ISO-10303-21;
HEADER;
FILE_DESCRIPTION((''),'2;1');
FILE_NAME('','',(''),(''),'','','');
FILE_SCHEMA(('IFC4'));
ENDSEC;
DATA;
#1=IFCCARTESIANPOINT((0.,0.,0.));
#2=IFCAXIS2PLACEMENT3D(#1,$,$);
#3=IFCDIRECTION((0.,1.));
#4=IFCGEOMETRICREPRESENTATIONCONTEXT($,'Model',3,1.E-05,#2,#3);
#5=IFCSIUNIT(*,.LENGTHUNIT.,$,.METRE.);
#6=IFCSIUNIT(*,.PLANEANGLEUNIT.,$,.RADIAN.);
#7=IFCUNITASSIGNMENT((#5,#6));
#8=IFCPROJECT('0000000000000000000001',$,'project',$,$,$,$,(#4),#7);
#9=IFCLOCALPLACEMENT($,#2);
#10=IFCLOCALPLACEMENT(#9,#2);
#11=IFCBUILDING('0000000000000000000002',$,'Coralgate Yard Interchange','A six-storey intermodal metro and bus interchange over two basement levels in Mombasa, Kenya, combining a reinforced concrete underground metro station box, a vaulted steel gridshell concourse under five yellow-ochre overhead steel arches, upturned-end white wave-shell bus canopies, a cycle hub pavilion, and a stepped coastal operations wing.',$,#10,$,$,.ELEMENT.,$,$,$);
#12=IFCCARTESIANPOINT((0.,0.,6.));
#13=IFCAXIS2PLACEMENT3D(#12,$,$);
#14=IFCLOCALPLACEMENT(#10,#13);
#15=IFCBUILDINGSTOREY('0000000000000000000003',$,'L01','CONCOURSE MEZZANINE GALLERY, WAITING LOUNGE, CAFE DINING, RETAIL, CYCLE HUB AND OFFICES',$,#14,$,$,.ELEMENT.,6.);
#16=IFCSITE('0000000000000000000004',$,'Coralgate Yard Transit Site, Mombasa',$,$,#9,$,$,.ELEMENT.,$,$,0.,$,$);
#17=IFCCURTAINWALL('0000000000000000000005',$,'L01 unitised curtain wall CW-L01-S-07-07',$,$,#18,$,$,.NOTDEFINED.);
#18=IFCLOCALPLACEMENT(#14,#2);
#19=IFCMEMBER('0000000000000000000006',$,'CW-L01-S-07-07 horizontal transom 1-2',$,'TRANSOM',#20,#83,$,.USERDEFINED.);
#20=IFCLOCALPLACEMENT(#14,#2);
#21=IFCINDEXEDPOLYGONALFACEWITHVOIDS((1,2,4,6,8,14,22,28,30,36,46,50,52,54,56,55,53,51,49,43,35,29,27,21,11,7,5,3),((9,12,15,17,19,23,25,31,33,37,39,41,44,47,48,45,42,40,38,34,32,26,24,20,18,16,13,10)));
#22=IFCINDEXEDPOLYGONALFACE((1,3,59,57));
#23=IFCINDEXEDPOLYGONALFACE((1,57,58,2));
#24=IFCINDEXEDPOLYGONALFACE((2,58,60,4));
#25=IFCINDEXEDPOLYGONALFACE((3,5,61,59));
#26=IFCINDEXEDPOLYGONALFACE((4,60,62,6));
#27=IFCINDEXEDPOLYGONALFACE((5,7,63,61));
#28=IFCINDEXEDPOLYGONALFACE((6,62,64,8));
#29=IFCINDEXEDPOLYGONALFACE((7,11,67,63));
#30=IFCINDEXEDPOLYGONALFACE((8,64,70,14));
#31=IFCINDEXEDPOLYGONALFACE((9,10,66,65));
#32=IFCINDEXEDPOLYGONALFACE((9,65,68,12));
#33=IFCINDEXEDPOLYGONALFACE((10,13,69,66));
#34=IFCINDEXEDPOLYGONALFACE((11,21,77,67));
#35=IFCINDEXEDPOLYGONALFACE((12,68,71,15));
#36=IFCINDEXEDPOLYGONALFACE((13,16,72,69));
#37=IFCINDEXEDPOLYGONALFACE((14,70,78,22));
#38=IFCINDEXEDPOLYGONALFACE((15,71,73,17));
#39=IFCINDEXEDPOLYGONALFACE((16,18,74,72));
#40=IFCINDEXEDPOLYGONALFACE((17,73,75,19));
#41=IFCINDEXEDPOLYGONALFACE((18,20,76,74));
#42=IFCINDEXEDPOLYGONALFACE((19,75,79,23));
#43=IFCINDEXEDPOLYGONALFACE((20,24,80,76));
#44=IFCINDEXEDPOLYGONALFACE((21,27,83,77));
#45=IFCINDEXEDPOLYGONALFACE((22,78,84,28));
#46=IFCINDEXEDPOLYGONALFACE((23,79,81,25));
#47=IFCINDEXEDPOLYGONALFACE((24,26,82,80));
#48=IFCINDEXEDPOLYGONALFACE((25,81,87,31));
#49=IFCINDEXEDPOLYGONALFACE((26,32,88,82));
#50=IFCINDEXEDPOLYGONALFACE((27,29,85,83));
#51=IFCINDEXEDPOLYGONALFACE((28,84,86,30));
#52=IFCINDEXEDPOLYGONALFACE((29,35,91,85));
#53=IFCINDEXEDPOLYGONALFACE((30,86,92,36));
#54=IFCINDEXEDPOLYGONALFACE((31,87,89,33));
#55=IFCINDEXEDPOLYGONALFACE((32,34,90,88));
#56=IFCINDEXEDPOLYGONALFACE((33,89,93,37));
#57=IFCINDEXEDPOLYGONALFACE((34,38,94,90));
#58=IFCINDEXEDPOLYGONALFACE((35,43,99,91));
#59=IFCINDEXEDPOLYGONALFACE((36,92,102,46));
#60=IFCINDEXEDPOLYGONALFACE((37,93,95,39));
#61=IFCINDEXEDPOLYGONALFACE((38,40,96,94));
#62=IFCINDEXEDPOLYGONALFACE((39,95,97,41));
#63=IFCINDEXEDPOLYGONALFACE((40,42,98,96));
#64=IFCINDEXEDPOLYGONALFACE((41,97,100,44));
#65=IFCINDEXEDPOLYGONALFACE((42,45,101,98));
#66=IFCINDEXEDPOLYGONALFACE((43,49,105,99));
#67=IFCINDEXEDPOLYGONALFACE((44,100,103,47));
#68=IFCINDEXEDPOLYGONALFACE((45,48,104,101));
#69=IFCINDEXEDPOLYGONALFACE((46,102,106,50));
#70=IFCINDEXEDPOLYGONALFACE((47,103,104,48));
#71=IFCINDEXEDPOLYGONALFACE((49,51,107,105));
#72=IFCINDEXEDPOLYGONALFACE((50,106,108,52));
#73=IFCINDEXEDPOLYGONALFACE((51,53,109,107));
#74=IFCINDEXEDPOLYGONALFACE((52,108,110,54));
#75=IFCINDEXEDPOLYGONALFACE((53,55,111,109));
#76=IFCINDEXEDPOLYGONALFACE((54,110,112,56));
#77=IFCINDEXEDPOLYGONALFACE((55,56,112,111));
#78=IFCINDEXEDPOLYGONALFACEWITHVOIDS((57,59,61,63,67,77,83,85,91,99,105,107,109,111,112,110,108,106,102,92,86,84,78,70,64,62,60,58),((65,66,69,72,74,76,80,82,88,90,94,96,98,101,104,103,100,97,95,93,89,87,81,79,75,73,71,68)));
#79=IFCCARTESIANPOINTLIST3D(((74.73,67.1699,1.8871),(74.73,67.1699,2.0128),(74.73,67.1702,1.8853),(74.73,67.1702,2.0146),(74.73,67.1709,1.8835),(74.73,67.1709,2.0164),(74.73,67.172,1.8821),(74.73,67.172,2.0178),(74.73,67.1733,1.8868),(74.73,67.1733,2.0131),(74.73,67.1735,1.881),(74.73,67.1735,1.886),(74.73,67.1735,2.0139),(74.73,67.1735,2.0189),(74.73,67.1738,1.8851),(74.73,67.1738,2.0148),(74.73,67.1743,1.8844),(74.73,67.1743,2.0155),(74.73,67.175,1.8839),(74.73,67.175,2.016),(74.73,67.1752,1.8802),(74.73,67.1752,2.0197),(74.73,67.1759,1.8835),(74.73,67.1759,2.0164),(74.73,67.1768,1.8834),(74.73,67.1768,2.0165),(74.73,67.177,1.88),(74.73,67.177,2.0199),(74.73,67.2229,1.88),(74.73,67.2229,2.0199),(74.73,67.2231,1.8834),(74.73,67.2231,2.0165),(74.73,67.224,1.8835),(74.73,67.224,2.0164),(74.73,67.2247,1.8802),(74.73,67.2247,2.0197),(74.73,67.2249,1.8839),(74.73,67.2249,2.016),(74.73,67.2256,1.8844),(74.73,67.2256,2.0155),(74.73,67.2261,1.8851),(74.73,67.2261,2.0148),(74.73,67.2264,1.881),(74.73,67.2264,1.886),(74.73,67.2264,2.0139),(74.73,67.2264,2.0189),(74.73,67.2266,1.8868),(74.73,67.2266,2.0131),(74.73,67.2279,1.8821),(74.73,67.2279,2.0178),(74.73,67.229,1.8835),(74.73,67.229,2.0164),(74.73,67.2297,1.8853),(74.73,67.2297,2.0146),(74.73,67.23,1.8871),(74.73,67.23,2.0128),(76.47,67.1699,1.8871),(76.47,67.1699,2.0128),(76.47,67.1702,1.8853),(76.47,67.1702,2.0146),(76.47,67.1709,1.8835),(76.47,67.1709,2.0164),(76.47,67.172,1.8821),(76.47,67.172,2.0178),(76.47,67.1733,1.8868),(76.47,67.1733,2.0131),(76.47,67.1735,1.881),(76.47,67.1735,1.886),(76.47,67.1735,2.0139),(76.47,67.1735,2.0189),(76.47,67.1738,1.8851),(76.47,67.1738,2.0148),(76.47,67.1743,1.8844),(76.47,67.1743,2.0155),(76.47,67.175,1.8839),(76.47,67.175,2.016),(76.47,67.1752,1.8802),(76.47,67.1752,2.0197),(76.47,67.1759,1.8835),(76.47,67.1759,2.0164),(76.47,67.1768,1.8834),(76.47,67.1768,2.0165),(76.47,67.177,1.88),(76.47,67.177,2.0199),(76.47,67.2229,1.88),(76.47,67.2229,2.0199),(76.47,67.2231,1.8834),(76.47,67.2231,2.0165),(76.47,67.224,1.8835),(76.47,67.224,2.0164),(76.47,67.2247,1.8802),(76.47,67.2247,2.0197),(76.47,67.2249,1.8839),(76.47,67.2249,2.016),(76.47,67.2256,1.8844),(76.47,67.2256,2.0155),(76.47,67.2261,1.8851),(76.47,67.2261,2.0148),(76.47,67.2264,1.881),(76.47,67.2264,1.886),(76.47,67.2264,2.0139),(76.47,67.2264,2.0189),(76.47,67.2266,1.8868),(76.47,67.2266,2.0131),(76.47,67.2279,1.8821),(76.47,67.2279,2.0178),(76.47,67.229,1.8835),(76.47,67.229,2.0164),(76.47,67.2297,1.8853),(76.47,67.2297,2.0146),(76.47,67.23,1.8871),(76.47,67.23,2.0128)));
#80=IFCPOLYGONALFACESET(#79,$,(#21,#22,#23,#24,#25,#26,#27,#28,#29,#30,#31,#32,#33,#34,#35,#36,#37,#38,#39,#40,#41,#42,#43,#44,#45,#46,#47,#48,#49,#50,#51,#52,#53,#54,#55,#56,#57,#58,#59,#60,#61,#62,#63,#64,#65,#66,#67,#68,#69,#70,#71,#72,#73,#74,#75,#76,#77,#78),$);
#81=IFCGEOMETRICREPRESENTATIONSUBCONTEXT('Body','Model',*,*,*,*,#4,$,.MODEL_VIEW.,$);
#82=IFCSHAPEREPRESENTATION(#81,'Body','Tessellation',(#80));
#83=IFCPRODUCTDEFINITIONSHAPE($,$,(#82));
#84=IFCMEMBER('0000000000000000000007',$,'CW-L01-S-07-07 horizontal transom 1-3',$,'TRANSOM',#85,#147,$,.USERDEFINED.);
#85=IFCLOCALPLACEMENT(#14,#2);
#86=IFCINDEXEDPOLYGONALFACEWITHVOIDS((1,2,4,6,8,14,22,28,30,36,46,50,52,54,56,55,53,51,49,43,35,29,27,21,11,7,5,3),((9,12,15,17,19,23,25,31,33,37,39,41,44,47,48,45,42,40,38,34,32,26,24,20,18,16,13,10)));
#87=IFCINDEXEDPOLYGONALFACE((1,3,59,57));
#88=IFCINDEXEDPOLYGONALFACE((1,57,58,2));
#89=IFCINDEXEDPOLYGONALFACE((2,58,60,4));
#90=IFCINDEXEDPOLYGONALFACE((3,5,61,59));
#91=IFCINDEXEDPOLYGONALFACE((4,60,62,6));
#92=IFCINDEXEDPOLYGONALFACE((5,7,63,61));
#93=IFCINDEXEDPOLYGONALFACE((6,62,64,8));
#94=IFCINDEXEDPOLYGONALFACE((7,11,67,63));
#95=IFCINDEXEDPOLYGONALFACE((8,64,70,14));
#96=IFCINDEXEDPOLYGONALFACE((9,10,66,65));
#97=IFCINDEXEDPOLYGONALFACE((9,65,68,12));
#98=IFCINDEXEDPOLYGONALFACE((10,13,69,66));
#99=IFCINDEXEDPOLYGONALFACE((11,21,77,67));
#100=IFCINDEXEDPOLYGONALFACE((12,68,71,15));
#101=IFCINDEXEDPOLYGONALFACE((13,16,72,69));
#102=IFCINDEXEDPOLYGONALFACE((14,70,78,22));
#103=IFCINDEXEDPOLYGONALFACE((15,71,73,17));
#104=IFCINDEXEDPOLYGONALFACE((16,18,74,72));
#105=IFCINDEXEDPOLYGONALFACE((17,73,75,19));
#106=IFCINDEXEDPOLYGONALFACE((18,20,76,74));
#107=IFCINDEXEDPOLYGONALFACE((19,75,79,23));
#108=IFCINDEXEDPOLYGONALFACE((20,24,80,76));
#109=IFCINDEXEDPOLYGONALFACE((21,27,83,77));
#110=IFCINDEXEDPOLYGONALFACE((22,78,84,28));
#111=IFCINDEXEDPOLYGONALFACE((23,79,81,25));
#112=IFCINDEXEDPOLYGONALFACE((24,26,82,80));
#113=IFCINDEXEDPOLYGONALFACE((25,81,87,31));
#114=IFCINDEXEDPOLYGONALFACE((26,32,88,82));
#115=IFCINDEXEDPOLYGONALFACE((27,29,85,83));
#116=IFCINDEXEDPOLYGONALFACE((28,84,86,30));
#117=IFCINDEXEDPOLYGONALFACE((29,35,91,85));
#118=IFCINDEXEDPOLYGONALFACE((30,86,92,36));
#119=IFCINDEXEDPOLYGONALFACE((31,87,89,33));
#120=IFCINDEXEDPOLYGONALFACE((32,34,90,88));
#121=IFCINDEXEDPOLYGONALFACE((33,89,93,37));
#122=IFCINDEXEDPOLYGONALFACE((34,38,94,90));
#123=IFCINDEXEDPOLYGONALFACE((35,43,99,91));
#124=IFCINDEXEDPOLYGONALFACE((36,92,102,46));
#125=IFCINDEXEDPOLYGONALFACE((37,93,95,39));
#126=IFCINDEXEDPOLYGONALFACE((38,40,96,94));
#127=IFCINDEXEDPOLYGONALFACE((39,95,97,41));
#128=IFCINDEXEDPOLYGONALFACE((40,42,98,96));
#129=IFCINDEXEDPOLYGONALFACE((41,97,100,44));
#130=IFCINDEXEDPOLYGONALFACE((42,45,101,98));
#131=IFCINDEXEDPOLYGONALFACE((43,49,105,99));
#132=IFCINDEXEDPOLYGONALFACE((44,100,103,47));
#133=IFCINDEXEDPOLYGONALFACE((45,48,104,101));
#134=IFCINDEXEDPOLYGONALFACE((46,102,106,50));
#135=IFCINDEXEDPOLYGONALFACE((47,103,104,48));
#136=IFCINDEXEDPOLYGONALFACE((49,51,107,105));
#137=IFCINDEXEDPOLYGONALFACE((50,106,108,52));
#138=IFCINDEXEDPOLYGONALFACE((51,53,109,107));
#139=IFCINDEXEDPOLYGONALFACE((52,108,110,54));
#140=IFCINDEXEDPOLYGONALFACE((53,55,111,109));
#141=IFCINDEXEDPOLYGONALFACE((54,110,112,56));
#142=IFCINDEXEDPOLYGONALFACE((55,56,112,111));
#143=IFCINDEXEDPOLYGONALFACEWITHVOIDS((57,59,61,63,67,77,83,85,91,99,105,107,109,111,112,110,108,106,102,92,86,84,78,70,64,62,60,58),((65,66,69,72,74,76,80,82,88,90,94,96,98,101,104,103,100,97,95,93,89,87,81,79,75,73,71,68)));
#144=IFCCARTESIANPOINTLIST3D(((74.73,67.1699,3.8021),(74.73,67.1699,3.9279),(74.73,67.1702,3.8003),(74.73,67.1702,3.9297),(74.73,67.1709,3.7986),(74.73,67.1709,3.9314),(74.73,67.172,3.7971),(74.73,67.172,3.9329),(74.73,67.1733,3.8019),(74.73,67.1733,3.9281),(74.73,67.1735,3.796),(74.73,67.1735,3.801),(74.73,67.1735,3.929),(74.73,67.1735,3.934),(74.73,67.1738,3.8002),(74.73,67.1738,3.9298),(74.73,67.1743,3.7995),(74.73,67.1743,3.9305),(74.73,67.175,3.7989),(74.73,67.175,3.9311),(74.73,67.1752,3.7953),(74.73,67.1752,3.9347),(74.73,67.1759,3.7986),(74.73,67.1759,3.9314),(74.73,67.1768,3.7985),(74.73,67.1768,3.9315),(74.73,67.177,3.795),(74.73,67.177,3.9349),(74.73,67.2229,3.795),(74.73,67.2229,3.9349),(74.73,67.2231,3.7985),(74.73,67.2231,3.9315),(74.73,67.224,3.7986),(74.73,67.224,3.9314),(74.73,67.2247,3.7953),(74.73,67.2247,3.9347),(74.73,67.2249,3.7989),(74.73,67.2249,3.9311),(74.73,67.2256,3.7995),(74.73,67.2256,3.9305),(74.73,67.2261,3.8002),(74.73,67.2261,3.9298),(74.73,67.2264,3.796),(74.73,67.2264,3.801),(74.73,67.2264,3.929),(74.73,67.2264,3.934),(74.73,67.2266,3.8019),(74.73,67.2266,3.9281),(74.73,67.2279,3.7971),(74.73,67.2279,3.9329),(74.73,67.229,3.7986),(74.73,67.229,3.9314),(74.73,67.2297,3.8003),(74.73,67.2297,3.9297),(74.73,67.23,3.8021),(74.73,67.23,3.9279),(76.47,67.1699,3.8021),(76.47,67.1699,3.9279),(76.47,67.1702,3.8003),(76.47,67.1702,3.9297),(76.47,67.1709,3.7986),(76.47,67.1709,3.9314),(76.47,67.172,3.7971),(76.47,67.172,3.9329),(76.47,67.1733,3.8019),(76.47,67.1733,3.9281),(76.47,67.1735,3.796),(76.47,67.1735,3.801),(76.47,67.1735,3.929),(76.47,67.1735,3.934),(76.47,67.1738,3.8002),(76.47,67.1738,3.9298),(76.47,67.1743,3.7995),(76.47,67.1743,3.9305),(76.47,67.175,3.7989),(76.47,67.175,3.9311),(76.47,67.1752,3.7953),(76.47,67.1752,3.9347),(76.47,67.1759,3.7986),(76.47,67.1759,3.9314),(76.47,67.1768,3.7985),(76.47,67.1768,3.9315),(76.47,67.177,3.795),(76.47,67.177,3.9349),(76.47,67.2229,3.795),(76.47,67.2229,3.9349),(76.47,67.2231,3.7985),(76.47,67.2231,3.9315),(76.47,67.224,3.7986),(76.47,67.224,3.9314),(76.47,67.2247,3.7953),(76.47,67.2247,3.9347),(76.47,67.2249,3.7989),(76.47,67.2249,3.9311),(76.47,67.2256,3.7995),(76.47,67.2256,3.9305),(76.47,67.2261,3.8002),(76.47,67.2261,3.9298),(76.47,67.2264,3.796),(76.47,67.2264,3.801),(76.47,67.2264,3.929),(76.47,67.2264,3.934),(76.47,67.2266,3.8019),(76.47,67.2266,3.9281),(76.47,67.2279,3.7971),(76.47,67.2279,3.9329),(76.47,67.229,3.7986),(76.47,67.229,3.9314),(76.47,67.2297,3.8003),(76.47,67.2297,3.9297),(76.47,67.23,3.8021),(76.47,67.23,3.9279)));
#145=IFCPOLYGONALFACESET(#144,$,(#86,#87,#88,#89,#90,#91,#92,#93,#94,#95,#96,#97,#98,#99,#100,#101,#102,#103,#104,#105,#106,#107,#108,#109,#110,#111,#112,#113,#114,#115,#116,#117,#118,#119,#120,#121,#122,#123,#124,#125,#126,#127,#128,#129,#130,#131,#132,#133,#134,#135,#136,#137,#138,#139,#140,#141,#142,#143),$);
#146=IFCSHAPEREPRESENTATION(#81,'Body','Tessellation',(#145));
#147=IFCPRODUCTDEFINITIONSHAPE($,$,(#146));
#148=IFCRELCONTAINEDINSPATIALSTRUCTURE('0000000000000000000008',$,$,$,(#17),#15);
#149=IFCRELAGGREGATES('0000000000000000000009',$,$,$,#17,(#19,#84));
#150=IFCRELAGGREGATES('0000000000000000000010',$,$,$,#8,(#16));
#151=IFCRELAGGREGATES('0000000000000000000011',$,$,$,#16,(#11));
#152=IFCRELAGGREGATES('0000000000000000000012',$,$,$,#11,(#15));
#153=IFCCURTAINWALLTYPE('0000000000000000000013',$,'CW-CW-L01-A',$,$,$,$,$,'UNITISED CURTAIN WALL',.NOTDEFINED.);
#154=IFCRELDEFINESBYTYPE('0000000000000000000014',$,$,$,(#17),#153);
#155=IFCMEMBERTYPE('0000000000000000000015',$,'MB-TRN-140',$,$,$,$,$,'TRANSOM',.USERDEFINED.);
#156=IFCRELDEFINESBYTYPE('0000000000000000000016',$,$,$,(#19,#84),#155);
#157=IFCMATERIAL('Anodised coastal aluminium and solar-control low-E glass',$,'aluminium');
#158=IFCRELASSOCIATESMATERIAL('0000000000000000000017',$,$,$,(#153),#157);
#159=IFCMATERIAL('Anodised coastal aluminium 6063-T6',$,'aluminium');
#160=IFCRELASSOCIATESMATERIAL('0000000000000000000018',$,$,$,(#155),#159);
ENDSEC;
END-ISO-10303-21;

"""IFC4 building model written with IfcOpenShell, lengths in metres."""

from ifc_helpers import new_model, si_unit, direction, frame, origin, origin_2d, place, context, subcontext, project, spatial, hollow_rectangle, extrude, material, material_profile, profile_set, type_object, element, aggregate, save


model = new_model("IFC4")

# Units and contexts
model_context = context("Model", 3, precision=1e-05, world=origin(), true_north=direction((0.0, 1.0)))
body_context = subcontext(model_context, "Body", "Model", "MODEL_VIEW")
ifc_project = project(units=[si_unit("LENGTHUNIT", "METRE"), si_unit("PLANEANGLEUNIT", "RADIAN")], contexts=[model_context])

# Site, building, storey
site_placement = place(None, origin())
site = spatial("IfcSite", under=ifc_project, at=site_placement, Name="Coralgate Yard Transit Site, Mombasa", CompositionType="ELEMENT", RefElevation=0.0)
building_placement = place(site_placement, origin())
building = spatial("IfcBuilding", under=site, at=building_placement, Name="Coralgate Yard Interchange", Description="A six-storey intermodal metro and bus interchange over two basement levels in Mombasa, Kenya, combining a reinforced concrete underground metro station box, a vaulted steel gridshell concourse under five yellow-ochre overhead steel arches, upturned-end white wave-shell bus canopies, a cycle hub pavilion, and a stepped coastal operations wing.", CompositionType="ELEMENT")
storey_placement = place(building_placement, frame((0.0, 0.0, 6.0)))
storey = spatial("IfcBuildingStorey", under=building, at=storey_placement, Name="L01", Description="CONCOURSE MEZZANINE GALLERY, WAITING LOUNGE, CAFE DINING, RETAIL, CYCLE HUB AND OFFICES", CompositionType="ELEMENT", Elevation=6.0)

# Curtain wall
ifc_material_1 = material(Name="Anodised coastal aluminium and solar-control low-E glass", Category="aluminium")
curtain_wall_type = type_object("IfcCurtainWallType", Name="CW-CW-L01-A", ElementType="UNITISED CURTAIN WALL", PredefinedType="NOTDEFINED", material=ifc_material_1)
curtain_wall_1_placement = place(storey_placement, origin())
curtain_wall_1 = element("IfcCurtainWall", 1, at=curtain_wall_1_placement, inside=storey, type_object=curtain_wall_type, Name="L01 unitised curtain wall CW-L01-S-07-07", PredefinedType="NOTDEFINED")
ifc_material_2 = material(Name="Anodised coastal aluminium 6063-T6", Category="aluminium")

# Members
ifc_material_profile_1 = material_profile(ifc_material_2, hollow_rectangle(XDim=0.0601, YDim=0.1399, WallThickness=0.0034, InnerFilletRadius=0.0034, OuterFilletRadius=0.0071, at=origin_2d()), Name="ALU 60x140x3.5")
ifc_profile_set_1 = profile_set([ifc_material_profile_1], Name="Anodised coastal aluminium 6063-T6")
member_type_1 = type_object("IfcMemberType", Name="MB-TRN-140", ElementType="TRANSOM", PredefinedType="USERDEFINED", material=ifc_profile_set_1)
member_1_placement = place(storey_placement, frame((76.47, 67.2, 1.95), z_axis=(-1.0, 0.0, 0.0), x_axis=(0.0, -1.0, 0.0)))
member_1 = element("IfcMember", 2, at=member_1_placement, type_object=member_type_1, Name="CW-L01-S-07-07 horizontal transom 1-2", ObjectType="TRANSOM", PredefinedType="USERDEFINED", context=body_context, shape_type="SweptSolid", body=[
    extrude(hollow_rectangle(XDim=0.0601, YDim=0.1399, WallThickness=0.0034, InnerFilletRadius=0.0034, OuterFilletRadius=0.0071, at=origin_2d()), origin(), (0.0, 0.0, 1.0), 1.74),
])
member_2_placement = place(storey_placement, frame((76.47, 67.2, 3.865), z_axis=(-1.0, 0.0, 0.0), x_axis=(0.0, -1.0, 0.0)))
member_2 = element("IfcMember", 3, at=member_2_placement, type_object=member_type_1, Name="CW-L01-S-07-07 horizontal transom 1-3", ObjectType="TRANSOM", PredefinedType="USERDEFINED", context=body_context, shape_type="SweptSolid", body=[
    extrude(hollow_rectangle(XDim=0.0601, YDim=0.1399, WallThickness=0.0034, InnerFilletRadius=0.0034, OuterFilletRadius=0.0071, at=origin_2d()), origin(), (0.0, 0.0, 1.0), 1.74),
])

aggregate(curtain_wall_1, [member_1, member_2])

save(model, "model.ifc")
